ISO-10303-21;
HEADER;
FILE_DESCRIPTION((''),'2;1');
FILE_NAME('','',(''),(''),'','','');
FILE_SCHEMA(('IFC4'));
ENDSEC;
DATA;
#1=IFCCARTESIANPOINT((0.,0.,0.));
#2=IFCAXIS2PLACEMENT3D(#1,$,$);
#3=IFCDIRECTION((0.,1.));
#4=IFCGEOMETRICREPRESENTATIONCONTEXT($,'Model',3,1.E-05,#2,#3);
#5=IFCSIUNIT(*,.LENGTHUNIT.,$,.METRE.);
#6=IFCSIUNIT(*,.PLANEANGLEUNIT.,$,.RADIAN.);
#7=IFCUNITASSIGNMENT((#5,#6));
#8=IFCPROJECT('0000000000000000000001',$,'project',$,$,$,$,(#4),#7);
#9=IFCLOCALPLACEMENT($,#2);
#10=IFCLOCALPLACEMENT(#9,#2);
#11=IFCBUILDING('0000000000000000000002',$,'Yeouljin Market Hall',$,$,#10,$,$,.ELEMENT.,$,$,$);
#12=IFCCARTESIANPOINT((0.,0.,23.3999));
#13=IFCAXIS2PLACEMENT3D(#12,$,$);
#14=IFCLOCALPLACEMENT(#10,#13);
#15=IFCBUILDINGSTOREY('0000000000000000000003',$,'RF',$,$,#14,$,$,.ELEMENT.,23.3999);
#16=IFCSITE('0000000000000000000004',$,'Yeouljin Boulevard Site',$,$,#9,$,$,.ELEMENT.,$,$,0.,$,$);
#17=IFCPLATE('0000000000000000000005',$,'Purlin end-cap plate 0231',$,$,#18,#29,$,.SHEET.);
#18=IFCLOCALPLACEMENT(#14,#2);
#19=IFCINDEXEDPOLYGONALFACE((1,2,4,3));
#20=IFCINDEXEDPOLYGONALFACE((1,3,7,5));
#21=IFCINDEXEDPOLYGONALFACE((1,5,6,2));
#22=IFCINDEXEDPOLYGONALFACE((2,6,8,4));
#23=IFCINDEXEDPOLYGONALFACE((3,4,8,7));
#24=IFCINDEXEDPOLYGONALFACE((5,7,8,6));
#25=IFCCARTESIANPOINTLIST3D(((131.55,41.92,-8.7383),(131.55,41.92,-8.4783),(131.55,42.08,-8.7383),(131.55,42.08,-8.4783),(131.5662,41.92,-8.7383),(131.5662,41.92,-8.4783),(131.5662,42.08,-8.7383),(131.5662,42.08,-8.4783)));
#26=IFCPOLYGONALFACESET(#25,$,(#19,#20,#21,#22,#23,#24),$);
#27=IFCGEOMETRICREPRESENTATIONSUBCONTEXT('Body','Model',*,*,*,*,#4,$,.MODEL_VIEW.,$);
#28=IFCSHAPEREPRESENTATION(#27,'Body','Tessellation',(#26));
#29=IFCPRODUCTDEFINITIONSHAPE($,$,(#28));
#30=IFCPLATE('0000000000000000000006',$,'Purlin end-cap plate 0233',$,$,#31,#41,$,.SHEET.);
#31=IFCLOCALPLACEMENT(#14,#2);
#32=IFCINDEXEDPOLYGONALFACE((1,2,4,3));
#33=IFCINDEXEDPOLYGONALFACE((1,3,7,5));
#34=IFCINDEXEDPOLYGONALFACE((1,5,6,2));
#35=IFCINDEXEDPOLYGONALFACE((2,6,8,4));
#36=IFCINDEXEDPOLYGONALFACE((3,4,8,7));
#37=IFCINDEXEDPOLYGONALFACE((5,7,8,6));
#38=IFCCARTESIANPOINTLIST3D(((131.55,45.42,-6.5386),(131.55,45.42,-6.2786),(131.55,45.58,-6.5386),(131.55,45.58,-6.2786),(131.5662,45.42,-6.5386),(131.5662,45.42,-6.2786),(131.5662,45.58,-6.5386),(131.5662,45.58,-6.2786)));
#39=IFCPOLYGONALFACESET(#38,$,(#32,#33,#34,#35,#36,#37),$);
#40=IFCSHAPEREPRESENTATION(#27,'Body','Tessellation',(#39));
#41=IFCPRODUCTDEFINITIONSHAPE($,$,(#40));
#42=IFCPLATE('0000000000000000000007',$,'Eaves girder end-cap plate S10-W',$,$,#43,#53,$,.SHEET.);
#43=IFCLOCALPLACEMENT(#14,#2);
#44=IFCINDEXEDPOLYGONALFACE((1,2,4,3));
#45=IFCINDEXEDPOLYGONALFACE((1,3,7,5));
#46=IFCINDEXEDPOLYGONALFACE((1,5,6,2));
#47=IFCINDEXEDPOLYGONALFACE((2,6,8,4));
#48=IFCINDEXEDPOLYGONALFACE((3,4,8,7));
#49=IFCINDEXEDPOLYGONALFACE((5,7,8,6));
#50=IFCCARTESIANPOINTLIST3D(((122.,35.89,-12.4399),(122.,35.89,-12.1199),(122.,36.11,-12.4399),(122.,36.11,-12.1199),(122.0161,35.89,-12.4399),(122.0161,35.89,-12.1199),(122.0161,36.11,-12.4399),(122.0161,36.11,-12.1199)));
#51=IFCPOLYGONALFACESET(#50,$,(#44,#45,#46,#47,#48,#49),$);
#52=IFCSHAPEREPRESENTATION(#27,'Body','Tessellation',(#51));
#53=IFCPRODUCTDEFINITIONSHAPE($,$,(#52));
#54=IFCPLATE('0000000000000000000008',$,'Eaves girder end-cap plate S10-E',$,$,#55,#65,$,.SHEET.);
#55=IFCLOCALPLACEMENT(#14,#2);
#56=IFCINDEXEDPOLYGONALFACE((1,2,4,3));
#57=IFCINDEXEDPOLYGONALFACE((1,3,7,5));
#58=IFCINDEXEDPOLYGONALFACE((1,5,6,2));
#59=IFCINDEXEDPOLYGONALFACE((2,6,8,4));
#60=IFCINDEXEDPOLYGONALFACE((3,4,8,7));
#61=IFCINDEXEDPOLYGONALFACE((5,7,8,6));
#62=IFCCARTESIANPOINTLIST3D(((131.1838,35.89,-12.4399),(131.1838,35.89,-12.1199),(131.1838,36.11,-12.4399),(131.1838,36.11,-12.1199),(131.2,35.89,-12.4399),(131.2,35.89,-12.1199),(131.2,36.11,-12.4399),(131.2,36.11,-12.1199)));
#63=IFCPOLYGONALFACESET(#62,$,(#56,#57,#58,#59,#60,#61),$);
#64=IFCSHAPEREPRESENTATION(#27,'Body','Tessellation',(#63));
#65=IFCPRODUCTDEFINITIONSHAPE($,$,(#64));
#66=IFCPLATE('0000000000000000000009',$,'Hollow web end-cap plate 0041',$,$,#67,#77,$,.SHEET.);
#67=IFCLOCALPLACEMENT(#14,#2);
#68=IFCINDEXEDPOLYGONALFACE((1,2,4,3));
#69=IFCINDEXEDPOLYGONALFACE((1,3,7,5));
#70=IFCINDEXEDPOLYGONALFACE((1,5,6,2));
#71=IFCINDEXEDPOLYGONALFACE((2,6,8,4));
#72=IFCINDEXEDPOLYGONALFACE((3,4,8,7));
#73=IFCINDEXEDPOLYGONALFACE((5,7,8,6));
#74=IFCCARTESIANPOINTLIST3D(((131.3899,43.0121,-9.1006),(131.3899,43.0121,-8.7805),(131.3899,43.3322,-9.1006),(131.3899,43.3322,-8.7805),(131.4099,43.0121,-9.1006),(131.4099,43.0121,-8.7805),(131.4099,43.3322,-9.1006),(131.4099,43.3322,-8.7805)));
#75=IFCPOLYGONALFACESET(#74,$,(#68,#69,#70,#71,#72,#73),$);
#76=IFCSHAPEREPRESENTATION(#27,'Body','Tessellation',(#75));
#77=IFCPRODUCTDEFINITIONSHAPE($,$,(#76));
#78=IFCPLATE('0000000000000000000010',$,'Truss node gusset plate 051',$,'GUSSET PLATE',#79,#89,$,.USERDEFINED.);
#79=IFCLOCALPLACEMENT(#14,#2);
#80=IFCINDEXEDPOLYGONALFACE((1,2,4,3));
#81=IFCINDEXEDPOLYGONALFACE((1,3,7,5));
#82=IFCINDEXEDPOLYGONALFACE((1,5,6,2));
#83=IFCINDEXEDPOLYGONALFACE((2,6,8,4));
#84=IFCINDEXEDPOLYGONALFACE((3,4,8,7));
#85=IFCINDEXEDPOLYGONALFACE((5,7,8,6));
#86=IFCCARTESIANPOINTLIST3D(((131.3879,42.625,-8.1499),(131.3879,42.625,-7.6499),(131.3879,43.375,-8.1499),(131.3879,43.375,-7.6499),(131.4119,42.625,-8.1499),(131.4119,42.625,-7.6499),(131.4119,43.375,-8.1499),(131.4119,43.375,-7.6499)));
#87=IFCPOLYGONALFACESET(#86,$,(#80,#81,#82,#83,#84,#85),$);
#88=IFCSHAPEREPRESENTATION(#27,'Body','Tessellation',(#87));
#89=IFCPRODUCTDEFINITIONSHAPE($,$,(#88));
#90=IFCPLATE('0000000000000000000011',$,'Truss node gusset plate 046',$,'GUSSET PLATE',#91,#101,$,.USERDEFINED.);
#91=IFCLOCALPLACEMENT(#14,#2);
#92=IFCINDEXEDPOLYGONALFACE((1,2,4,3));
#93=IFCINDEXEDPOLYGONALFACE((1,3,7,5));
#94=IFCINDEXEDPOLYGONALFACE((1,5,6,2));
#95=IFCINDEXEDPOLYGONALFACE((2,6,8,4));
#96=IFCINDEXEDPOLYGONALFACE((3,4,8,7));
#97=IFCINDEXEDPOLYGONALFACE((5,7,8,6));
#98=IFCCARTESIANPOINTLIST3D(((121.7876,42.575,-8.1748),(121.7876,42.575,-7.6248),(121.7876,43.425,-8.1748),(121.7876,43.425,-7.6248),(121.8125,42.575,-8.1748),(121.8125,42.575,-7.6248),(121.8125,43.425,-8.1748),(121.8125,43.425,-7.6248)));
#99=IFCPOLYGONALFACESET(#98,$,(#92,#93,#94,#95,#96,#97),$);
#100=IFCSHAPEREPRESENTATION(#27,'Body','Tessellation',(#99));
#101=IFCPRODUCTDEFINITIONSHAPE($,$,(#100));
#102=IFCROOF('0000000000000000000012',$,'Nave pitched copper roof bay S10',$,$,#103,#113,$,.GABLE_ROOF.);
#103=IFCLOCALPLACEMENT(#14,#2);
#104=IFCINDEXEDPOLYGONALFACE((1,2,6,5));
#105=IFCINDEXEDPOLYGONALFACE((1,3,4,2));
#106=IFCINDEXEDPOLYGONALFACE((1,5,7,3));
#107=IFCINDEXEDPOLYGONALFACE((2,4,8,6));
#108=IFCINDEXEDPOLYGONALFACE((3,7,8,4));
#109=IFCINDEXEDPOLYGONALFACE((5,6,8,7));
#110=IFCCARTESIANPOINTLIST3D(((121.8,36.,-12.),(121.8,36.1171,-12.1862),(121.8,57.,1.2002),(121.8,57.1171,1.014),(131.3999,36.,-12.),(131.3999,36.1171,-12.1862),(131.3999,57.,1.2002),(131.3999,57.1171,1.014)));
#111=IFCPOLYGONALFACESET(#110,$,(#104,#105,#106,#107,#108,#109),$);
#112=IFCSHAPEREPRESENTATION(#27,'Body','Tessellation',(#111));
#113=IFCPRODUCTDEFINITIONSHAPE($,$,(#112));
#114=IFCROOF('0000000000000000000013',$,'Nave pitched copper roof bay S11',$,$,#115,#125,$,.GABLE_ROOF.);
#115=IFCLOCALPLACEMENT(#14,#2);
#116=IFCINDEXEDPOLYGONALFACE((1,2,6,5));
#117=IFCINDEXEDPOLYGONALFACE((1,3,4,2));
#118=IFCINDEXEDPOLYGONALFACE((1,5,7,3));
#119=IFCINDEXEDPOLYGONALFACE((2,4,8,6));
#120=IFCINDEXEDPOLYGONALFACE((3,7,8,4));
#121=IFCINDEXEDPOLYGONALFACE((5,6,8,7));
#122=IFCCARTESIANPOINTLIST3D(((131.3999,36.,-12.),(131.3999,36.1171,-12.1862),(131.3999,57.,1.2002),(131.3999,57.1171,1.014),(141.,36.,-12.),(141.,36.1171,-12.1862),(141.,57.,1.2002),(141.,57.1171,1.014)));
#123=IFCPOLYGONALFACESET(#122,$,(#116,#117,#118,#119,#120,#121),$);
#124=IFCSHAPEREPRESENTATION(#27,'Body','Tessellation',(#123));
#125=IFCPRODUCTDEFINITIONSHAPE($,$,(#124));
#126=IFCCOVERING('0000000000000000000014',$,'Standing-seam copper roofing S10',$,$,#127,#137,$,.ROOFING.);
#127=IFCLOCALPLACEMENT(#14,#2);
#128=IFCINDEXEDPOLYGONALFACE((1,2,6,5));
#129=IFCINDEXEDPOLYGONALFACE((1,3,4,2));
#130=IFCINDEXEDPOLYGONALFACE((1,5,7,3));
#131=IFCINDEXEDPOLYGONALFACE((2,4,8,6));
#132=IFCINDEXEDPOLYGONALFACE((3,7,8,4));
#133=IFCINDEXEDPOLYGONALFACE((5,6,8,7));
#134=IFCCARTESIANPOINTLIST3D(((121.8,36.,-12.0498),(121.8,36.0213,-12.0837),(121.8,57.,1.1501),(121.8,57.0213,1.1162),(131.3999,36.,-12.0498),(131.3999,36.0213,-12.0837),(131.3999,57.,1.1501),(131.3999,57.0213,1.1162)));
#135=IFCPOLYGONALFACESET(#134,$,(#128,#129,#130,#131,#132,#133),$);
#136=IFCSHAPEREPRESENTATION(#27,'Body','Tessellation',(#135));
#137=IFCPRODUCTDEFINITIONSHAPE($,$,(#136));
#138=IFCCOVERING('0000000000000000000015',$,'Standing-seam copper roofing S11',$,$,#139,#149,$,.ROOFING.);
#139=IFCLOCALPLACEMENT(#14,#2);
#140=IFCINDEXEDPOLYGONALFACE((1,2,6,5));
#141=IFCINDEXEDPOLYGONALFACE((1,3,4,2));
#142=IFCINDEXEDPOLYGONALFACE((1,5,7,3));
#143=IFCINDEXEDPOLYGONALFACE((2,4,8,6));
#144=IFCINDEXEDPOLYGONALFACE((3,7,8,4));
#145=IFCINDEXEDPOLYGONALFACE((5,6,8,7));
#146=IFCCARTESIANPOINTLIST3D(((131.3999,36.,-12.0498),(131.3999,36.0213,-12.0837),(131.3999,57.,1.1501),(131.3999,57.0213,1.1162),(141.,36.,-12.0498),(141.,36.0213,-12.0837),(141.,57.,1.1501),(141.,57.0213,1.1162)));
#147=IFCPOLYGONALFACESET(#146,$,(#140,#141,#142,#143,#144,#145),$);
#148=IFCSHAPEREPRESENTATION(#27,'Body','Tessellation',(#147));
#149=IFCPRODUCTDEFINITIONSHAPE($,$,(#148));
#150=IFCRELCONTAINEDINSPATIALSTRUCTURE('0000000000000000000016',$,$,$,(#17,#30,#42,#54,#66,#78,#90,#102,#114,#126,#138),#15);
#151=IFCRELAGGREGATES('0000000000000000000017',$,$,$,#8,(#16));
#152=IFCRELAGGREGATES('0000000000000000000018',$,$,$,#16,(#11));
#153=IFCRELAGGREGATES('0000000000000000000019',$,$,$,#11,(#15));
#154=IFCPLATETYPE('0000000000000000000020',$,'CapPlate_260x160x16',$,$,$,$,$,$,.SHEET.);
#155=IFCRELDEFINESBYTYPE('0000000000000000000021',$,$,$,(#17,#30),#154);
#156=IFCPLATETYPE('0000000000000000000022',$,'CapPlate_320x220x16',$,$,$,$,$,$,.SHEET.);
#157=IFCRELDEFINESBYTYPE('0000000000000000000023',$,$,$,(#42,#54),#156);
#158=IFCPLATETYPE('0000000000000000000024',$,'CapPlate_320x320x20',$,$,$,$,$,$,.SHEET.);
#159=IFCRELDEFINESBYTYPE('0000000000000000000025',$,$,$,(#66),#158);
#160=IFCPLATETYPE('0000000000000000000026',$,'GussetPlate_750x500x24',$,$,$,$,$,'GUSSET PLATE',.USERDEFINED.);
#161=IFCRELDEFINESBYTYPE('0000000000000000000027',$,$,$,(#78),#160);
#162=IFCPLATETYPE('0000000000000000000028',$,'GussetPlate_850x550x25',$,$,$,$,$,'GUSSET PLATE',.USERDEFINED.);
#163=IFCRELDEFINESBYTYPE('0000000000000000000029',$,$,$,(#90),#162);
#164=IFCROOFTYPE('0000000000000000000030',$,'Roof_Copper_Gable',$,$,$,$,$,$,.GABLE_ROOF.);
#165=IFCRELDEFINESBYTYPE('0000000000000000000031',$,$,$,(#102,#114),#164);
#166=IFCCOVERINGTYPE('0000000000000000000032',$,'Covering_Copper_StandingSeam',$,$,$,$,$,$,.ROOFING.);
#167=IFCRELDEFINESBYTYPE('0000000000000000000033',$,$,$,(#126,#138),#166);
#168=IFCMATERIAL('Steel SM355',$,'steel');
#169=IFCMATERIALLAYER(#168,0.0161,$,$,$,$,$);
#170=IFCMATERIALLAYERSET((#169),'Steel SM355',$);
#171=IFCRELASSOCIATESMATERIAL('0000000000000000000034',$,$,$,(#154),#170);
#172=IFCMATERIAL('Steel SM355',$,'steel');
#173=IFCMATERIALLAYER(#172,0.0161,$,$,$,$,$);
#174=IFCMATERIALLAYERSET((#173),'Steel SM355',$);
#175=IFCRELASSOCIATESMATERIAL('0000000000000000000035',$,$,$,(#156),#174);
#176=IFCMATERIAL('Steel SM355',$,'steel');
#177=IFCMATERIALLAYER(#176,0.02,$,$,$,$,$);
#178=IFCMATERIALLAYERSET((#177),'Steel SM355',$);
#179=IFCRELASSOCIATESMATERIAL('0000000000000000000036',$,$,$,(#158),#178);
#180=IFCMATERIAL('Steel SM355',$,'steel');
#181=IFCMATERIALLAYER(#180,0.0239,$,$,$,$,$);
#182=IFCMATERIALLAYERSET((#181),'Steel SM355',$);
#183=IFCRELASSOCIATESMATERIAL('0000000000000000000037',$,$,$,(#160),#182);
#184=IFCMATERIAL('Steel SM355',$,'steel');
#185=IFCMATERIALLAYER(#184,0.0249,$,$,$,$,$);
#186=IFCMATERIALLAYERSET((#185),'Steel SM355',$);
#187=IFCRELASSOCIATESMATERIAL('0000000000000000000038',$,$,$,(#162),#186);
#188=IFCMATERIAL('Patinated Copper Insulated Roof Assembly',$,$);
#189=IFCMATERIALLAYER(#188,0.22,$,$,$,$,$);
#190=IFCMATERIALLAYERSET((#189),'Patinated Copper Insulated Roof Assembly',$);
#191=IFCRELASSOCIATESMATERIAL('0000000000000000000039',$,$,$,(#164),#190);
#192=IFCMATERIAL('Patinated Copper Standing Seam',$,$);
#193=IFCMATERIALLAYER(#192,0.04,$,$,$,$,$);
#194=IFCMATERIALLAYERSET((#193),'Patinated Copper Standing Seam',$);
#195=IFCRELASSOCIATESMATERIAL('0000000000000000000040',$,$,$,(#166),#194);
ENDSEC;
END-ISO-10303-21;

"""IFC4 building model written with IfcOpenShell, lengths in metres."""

from ifc_helpers import new_model, si_unit, direction, frame, origin, origin_2d, place, context, subcontext, project, spatial, polyline, rectangle, outline, extrude, material, layer, layer_set, type_object, element, save


model = new_model("IFC4")

# Units and contexts
model_context = context("Model", 3, precision=1e-05, world=origin(), true_north=direction((0.0, 1.0)))
body_context = subcontext(model_context, "Body", "Model", "MODEL_VIEW")
ifc_project = project(units=[si_unit("LENGTHUNIT", "METRE"), si_unit("PLANEANGLEUNIT", "RADIAN")], contexts=[model_context])

# Site, building, storey
site_placement = place(None, origin())
site = spatial("IfcSite", under=ifc_project, at=site_placement, Name="Yeouljin Boulevard Site", CompositionType="ELEMENT", RefElevation=0.0)
building_placement = place(site_placement, origin())
building = spatial("IfcBuilding", under=site, at=building_placement, Name="Yeouljin Market Hall", CompositionType="ELEMENT")
storey_placement = place(building_placement, frame((0.0, 0.0, 23.3999)))
storey = spatial("IfcBuildingStorey", under=building, at=storey_placement, Name="RF", CompositionType="ELEMENT", Elevation=23.3999)

# Plates
ifc_material_1 = material(Name="Steel SM355", Category="steel")
ifc_layer_1 = layer(ifc_material_1, 0.0161)
ifc_layer_set_1 = layer_set([ifc_layer_1], Name="Steel SM355")
plate_type_1 = type_object("IfcPlateType", Name="CapPlate_260x160x16", PredefinedType="SHEET", material=ifc_layer_set_1)
for number, where, z_axis, x_axis, name in (
    (1, (131.5581, 42.0, -8.7383), (0.0, 0.0, 1.0), (0.0, 1.0, 0.0), "Purlin end-cap plate 0231"),
    (2, (131.5581, 45.5, -6.5386), (0.0, 0.0, 1.0), (0.0, 1.0, 0.0), "Purlin end-cap plate 0233"),
):
    element("IfcPlate", number, at=place(storey_placement, frame(where, z_axis=z_axis, x_axis=x_axis)), inside=storey, type_object=plate_type_1, Name=name, PredefinedType="SHEET", context=body_context, shape_type="SweptSolid", body=[
        extrude(rectangle(XDim=0.1599, YDim=0.0161, at=origin_2d()), origin(), (0.0, 0.0, 1.0), 0.26),
    ])
ifc_material_2 = material(Name="Steel SM355", Category="steel")
ifc_layer_2 = layer(ifc_material_2, 0.0161)
ifc_layer_set_2 = layer_set([ifc_layer_2], Name="Steel SM355")
plate_type_2 = type_object("IfcPlateType", Name="CapPlate_320x220x16", PredefinedType="SHEET", material=ifc_layer_set_2)
for number, where, z_axis, x_axis, name in (
    (3, (122.0081, 36.0, -12.4399), (0.0, 0.0, 1.0), (0.0, 1.0, 0.0), "Eaves girder end-cap plate S10-W"),
    (4, (131.1919, 36.0, -12.4399), (0.0, 0.0, 1.0), (0.0, 1.0, 0.0), "Eaves girder end-cap plate S10-E"),
):
    element("IfcPlate", number, at=place(storey_placement, frame(where, z_axis=z_axis, x_axis=x_axis)), inside=storey, type_object=plate_type_2, Name=name, PredefinedType="SHEET", context=body_context, shape_type="SweptSolid", body=[
        extrude(rectangle(XDim=0.22, YDim=0.0161, at=origin_2d()), origin(), (0.0, 0.0, 1.0), 0.3201),
    ])
ifc_material_3 = material(Name="Steel SM355", Category="steel")
ifc_layer_3 = layer(ifc_material_3, 0.02)
ifc_layer_set_3 = layer_set([ifc_layer_3], Name="Steel SM355")
plate_type_3 = type_object("IfcPlateType", Name="CapPlate_320x320x20", PredefinedType="SHEET", material=ifc_layer_set_3)
plate_1_placement = place(storey_placement, frame((131.3999, 43.1721, -9.1006), z_axis=(0.0, 0.0, 1.0), x_axis=(0.0, 1.0, 0.0)))
element("IfcPlate", 5, at=plate_1_placement, inside=storey, type_object=plate_type_3, Name="Hollow web end-cap plate 0041", PredefinedType="SHEET", context=body_context, shape_type="SweptSolid", body=[
    extrude(rectangle(XDim=0.3201, YDim=0.02, at=origin_2d()), origin(), (0.0, 0.0, 1.0), 0.3201),
])
ifc_material_4 = material(Name="Steel SM355", Category="steel")
ifc_layer_4 = layer(ifc_material_4, 0.0239)
ifc_layer_set_4 = layer_set([ifc_layer_4], Name="Steel SM355")
plate_type_4 = type_object("IfcPlateType", Name="GussetPlate_750x500x24", ElementType="GUSSET PLATE", PredefinedType="USERDEFINED", material=ifc_layer_set_4)
plate_2_placement = place(storey_placement, frame((131.3999, 43.0, -8.1499), z_axis=(0.0, 0.0, 1.0), x_axis=(0.0, 1.0, 0.0)))
element("IfcPlate", 6, at=plate_2_placement, inside=storey, type_object=plate_type_4, Name="Truss node gusset plate 051", ObjectType="GUSSET PLATE", PredefinedType="USERDEFINED", context=body_context, shape_type="SweptSolid", body=[
    extrude(rectangle(XDim=0.75, YDim=0.0239, at=origin_2d()), origin(), (0.0, 0.0, 1.0), 0.5),
])
ifc_material_5 = material(Name="Steel SM355", Category="steel")
ifc_layer_5 = layer(ifc_material_5, 0.0249)
ifc_layer_set_5 = layer_set([ifc_layer_5], Name="Steel SM355")
plate_type_5 = type_object("IfcPlateType", Name="GussetPlate_850x550x25", ElementType="GUSSET PLATE", PredefinedType="USERDEFINED", material=ifc_layer_set_5)
plate_3_placement = place(storey_placement, frame((121.8, 43.0, -8.1748), z_axis=(0.0, 0.0, 1.0), x_axis=(0.0, 1.0, 0.0)))
element("IfcPlate", 7, at=plate_3_placement, inside=storey, type_object=plate_type_5, Name="Truss node gusset plate 046", ObjectType="GUSSET PLATE", PredefinedType="USERDEFINED", context=body_context, shape_type="SweptSolid", body=[
    extrude(rectangle(XDim=0.8501, YDim=0.0249, at=origin_2d()), origin(), (0.0, 0.0, 1.0), 0.55),
])

# Roofs
ifc_material_6 = material(Name="Patinated Copper Insulated Roof Assembly")
ifc_layer_6 = layer(ifc_material_6, 0.22)
ifc_layer_set_6 = layer_set([ifc_layer_6], Name="Patinated Copper Insulated Roof Assembly")
roof_type = type_object("IfcRoofType", Name="Roof_Copper_Gable", PredefinedType="GABLE_ROOF", material=ifc_layer_set_6)
roof_1_placement = place(storey_placement, frame((121.8, 36.0, -12.0), z_axis=(0.0, -0.532177, 0.846633), x_axis=(1.0, 0.0, 0.0)))
element("IfcRoof", 8, at=roof_1_placement, inside=storey, type_object=roof_type, Name="Nave pitched copper roof bay S10", PredefinedType="GABLE_ROOF", context=body_context, shape_type="SweptSolid", body=[
    extrude(outline(polyline([(0.0, 0.0), (9.5999, 0.0), (9.5999, 24.8041), (0.0, 24.8041), (0.0, 0.0)])), origin(), (0.0, 0.0, -1.0), 0.22),
])
roof_2_placement = place(storey_placement, frame((131.3999, 36.0, -12.0), z_axis=(0.0, -0.532177, 0.846633), x_axis=(1.0, 0.0, 0.0)))
element("IfcRoof", 9, at=roof_2_placement, inside=storey, type_object=roof_type, Name="Nave pitched copper roof bay S11", PredefinedType="GABLE_ROOF", context=body_context, shape_type="SweptSolid", body=[
    extrude(outline(polyline([(0.0, 0.0), (9.6001, 0.0), (9.6001, 24.8041), (0.0, 24.8041), (0.0, 0.0)])), origin(), (0.0, 0.0, -1.0), 0.22),
])

# Coverings
ifc_material_7 = material(Name="Patinated Copper Standing Seam")
ifc_layer_7 = layer(ifc_material_7, 0.04)
ifc_layer_set_7 = layer_set([ifc_layer_7], Name="Patinated Copper Standing Seam")
covering_type = type_object("IfcCoveringType", Name="Covering_Copper_StandingSeam", PredefinedType="ROOFING", material=ifc_layer_set_7)
covering_1_placement = place(storey_placement, frame((121.8, 36.0, -12.0498), z_axis=(0.0, -0.53217, 0.846637), x_axis=(1.0, 0.0, 0.0)))
element("IfcCovering", 10, at=covering_1_placement, inside=storey, type_object=covering_type, Name="Standing-seam copper roofing S10", PredefinedType="ROOFING", context=body_context, shape_type="SweptSolid", body=[
    extrude(outline(polyline([(0.0, 0.0), (9.5999, 0.0), (9.5999, 24.804), (0.0, 24.804), (0.0, 0.0)])), origin(), (0.0, 0.0, -1.0), 0.04),
])
covering_2_placement = place(storey_placement, frame((131.3999, 36.0, -12.0498), z_axis=(0.0, -0.53217, 0.846637), x_axis=(1.0, 0.0, 0.0)))
element("IfcCovering", 11, at=covering_2_placement, inside=storey, type_object=covering_type, Name="Standing-seam copper roofing S11", PredefinedType="ROOFING", context=body_context, shape_type="SweptSolid", body=[
    extrude(outline(polyline([(0.0, 0.0), (9.6001, 0.0), (9.6001, 24.804), (0.0, 24.804), (0.0, 0.0)])), origin(), (0.0, 0.0, -1.0), 0.04),
])

save(model, "model.ifc")
